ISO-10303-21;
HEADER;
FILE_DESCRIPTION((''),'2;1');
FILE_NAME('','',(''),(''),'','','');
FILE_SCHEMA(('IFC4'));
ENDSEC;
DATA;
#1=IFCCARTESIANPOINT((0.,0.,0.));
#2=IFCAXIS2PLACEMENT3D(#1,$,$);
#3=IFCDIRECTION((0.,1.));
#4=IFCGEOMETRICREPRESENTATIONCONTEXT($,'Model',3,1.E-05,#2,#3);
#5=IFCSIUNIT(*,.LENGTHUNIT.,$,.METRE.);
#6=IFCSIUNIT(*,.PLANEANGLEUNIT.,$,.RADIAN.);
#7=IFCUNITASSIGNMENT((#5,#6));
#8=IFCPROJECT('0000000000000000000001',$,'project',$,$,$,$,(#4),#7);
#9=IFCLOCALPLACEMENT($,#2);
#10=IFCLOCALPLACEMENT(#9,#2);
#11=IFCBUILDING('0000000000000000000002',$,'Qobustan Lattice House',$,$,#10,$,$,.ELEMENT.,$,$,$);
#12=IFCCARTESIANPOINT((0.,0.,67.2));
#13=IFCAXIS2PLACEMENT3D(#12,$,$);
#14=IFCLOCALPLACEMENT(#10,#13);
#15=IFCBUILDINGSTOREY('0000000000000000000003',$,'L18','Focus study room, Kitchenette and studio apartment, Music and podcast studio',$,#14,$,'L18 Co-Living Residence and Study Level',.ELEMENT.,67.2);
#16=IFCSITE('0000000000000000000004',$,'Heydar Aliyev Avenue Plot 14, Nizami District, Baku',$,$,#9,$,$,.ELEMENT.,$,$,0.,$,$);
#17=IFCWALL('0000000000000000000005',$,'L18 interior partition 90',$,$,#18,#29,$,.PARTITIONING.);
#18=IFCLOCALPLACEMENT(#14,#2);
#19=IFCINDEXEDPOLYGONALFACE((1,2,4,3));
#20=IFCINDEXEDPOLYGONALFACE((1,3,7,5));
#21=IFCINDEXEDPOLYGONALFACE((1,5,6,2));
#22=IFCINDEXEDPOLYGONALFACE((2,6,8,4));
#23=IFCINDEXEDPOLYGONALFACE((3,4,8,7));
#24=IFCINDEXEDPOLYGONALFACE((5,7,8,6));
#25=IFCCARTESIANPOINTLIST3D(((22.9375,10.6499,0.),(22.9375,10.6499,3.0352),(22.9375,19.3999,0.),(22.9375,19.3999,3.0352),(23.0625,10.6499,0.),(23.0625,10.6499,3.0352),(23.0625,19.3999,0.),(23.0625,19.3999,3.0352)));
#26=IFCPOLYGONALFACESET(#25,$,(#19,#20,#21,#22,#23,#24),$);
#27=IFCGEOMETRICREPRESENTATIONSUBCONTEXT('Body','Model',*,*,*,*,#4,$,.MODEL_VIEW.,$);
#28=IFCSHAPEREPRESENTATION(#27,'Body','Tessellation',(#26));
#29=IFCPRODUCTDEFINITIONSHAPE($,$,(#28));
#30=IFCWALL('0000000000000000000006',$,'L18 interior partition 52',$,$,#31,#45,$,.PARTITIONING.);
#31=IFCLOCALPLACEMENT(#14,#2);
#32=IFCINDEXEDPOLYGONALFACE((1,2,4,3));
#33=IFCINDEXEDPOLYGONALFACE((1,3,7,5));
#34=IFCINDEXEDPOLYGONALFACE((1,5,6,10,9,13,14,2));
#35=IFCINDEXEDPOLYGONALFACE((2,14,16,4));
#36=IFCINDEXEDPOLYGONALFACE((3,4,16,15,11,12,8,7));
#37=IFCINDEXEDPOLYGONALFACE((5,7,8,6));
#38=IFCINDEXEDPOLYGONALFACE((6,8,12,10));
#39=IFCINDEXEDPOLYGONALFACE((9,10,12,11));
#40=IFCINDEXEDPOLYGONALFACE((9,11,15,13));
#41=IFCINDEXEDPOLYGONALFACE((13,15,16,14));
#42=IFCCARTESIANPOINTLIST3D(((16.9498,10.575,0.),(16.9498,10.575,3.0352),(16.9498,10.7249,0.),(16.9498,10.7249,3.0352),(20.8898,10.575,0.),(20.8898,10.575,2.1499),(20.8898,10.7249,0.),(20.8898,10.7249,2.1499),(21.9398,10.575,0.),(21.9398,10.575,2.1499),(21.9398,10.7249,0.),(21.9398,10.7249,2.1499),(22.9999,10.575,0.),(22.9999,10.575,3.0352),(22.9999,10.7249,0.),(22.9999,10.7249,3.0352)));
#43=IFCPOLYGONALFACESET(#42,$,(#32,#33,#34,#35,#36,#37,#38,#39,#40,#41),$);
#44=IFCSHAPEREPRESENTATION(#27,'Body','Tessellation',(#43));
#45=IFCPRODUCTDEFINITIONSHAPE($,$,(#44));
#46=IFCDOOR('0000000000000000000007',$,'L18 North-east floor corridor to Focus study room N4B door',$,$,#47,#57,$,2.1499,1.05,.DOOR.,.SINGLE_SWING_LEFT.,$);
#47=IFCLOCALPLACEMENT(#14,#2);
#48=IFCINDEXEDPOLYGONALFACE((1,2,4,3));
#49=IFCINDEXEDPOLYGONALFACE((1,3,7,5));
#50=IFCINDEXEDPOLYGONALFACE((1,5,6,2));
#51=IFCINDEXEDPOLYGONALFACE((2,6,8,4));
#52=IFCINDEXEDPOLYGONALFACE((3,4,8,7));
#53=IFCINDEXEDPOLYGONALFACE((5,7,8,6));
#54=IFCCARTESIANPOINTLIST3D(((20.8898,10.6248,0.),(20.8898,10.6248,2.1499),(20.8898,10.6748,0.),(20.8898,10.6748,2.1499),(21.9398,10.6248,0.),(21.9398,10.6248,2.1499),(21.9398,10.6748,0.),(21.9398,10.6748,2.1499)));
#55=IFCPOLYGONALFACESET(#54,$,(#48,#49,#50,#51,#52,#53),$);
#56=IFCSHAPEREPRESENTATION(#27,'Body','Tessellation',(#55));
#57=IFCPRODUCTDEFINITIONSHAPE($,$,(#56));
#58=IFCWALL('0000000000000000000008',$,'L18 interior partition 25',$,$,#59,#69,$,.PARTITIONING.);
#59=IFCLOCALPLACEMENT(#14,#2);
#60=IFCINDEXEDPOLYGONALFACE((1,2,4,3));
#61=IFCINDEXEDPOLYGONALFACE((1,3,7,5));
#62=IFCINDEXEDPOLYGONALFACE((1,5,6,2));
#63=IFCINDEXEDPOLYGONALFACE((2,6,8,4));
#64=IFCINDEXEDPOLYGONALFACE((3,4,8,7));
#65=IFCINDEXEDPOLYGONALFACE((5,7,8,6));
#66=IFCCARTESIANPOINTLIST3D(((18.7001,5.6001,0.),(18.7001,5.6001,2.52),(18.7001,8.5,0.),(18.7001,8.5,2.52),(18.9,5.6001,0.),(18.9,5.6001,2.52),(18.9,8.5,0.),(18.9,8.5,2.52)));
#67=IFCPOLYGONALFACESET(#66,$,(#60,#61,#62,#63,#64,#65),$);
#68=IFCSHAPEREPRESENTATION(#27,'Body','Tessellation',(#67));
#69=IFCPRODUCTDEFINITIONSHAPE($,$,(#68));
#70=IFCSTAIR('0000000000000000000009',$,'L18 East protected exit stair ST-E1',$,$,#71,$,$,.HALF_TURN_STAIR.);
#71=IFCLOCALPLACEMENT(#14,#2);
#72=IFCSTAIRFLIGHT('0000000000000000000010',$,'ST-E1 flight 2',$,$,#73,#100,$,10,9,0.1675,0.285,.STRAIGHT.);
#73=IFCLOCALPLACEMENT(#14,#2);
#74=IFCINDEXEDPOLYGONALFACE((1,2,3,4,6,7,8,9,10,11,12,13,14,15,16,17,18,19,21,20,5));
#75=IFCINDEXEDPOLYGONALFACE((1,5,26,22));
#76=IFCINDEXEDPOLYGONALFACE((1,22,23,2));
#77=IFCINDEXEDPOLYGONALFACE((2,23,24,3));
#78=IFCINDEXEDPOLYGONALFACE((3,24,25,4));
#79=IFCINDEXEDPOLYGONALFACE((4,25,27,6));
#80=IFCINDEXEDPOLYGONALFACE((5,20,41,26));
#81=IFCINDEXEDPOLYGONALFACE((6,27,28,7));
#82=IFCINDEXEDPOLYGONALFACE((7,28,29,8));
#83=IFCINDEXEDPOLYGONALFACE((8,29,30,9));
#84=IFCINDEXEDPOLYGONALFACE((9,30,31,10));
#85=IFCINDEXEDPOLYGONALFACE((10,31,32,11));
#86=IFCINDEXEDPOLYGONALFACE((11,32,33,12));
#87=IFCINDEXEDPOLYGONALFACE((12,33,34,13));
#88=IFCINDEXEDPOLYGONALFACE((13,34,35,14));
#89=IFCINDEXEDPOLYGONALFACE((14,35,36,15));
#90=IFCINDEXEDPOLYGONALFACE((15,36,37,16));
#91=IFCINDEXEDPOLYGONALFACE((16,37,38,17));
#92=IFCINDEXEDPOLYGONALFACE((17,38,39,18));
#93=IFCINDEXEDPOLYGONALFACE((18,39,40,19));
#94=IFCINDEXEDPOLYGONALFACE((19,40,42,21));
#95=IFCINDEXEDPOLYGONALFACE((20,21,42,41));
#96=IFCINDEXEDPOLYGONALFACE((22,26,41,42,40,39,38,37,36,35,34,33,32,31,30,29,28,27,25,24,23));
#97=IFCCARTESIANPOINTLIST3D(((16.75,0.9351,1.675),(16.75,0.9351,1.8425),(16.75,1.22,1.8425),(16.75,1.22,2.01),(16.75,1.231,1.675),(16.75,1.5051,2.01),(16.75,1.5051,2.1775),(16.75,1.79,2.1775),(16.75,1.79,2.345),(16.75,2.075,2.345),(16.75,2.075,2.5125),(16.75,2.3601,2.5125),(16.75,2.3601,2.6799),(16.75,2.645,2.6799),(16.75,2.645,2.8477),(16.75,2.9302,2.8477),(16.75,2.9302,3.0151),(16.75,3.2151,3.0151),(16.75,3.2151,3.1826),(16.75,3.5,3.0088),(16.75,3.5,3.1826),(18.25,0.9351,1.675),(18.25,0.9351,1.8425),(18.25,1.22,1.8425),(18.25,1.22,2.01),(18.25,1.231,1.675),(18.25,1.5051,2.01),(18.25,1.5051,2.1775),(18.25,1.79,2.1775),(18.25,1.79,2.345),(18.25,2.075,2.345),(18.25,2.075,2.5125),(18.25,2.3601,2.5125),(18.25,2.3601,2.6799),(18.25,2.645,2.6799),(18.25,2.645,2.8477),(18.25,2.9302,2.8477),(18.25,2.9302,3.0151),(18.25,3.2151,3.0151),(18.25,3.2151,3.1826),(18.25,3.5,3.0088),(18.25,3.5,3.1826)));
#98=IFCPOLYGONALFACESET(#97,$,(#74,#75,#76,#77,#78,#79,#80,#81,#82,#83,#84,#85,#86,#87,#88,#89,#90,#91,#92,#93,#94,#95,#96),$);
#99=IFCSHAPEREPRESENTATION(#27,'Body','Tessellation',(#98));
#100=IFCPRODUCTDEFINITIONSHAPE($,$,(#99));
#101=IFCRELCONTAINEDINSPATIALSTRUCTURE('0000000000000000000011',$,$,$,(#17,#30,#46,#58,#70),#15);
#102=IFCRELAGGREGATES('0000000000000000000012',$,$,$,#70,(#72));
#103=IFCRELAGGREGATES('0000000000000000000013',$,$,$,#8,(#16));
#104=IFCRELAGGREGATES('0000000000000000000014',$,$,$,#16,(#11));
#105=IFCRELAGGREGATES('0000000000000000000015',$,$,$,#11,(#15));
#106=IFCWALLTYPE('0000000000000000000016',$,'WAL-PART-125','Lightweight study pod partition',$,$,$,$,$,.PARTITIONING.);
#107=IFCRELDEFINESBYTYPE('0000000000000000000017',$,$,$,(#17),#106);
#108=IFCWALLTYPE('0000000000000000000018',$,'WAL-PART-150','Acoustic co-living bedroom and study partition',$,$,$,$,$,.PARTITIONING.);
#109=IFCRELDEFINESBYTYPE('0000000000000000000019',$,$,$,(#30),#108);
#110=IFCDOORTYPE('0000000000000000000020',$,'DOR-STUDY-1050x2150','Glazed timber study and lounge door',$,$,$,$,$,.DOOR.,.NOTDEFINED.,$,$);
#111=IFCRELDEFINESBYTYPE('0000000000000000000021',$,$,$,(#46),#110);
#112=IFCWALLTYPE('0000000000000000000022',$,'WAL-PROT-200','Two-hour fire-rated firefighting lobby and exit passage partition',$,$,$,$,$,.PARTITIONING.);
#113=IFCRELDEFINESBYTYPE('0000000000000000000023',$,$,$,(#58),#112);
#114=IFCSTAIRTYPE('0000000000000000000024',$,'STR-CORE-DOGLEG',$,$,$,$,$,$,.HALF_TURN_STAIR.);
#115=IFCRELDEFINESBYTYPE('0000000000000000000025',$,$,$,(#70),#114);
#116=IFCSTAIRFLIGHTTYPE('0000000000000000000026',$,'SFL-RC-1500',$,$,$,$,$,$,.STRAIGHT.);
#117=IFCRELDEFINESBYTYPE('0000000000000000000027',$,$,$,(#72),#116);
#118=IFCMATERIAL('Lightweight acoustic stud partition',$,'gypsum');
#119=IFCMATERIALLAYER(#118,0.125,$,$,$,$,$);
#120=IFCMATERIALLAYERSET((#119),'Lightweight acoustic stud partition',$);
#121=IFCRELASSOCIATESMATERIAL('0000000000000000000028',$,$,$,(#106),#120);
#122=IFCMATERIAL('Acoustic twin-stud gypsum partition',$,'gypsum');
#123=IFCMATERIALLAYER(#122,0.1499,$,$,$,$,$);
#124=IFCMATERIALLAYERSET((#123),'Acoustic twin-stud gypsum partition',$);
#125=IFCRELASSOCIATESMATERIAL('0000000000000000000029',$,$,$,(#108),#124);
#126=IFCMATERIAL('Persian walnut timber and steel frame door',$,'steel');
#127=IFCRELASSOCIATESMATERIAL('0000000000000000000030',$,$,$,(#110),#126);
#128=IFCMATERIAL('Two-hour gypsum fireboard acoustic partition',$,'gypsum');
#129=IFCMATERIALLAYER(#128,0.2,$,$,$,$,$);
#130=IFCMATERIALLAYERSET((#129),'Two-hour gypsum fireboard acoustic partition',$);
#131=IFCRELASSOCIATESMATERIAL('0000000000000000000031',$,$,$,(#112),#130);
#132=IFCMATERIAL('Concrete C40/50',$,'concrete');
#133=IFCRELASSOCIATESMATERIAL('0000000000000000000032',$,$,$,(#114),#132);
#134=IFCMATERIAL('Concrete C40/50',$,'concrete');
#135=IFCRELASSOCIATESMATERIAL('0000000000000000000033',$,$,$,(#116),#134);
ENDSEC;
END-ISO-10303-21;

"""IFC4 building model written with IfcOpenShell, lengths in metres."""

from ifc_helpers import new_model, si_unit, direction, frame, frame_2d, origin, place, context, subcontext, project, spatial, polyline, rectangle, outline, extrude, material, layer, layer_set, type_object, element, fill, aggregate, save


model = new_model("IFC4")

# Units and contexts
model_context = context("Model", 3, precision=1e-05, world=origin(), true_north=direction((0.0, 1.0)))
body_context = subcontext(model_context, "Body", "Model", "MODEL_VIEW")
ifc_project = project(units=[si_unit("LENGTHUNIT", "METRE"), si_unit("PLANEANGLEUNIT", "RADIAN")], contexts=[model_context])

# Site, building, storey
site_placement = place(None, origin())
site = spatial("IfcSite", under=ifc_project, at=site_placement, Name="Heydar Aliyev Avenue Plot 14, Nizami District, Baku", CompositionType="ELEMENT", RefElevation=0.0)
building_placement = place(site_placement, origin())
building = spatial("IfcBuilding", under=site, at=building_placement, Name="Qobustan Lattice House", CompositionType="ELEMENT")
storey_placement = place(building_placement, frame((0.0, 0.0, 67.2)))
storey = spatial("IfcBuildingStorey", under=building, at=storey_placement, Name="L18", Description="Focus study room, Kitchenette and studio apartment, Music and podcast studio", LongName="L18 Co-Living Residence and Study Level", CompositionType="ELEMENT", Elevation=67.2)

# Shared definitions
ifc_material_1 = material(Name="Lightweight acoustic stud partition", Category="gypsum")
ifc_layer_1 = layer(ifc_material_1, 0.125)
ifc_layer_set_1 = layer_set([ifc_layer_1], Name="Lightweight acoustic stud partition")
wall_type_1 = type_object("IfcWallType", Name="WAL-PART-125", Description="Lightweight study pod partition", PredefinedType="PARTITIONING", material=ifc_layer_set_1)

# Wall
wall_1_placement = place(storey_placement, frame((23.0, 10.6499, 0.0), z_axis=(0.0, 0.0, 1.0), x_axis=(0.0, 1.0, 0.0)))
element("IfcWall", 1, at=wall_1_placement, inside=storey, type_object=wall_type_1, Name="L18 interior partition 90", PredefinedType="PARTITIONING", context=body_context, shape_type="SweptSolid", body=[
    extrude(rectangle(XDim=8.75, YDim=0.125, at=frame_2d((4.375, 0.0))), origin(), (0.0, 0.0, 1.0), 3.0352),
])

# Wall, opening, door
ifc_material_2 = material(Name="Acoustic twin-stud gypsum partition", Category="gypsum")
ifc_layer_2 = layer(ifc_material_2, 0.1499)
ifc_layer_set_2 = layer_set([ifc_layer_2], Name="Acoustic twin-stud gypsum partition")
wall_type_2 = type_object("IfcWallType", Name="WAL-PART-150", Description="Acoustic co-living bedroom and study partition", PredefinedType="PARTITIONING", material=ifc_layer_set_2)
wall_2_placement = place(storey_placement, frame((16.95, 10.6499, 0.0), z_axis=(0.0, 0.0, 1.0), x_axis=(1.0, 0.0, 0.0)))
wall_2 = element("IfcWall", 2, at=wall_2_placement, inside=storey, type_object=wall_type_2, Name="L18 interior partition 52", PredefinedType="PARTITIONING", context=body_context, shape_type="SweptSolid", body=[
    extrude(rectangle(XDim=6.05, YDim=0.1499, at=frame_2d((3.0249, 0.0))), origin(), (0.0, 0.0, 1.0), 3.0352),
])
opening_1_placement = place(wall_2_placement, frame((3.9399, 0.0, 0.0)))
opening_1 = element("IfcOpeningElement", 3, at=opening_1_placement, cuts=wall_2, PredefinedType="OPENING", context=body_context, shape_type="SweptSolid", body=[
    extrude(rectangle(XDim=1.05, YDim=2.1499, at=frame_2d((0.5249, 1.075))), frame((0.0, 0.085, 0.0), z_axis=(0.0, -1.0, 0.0), x_axis=(1.0, 0.0, 0.0)), (0.0, 0.0, 1.0), 0.1699),
])
ifc_material_3 = material(Name="Persian walnut timber and steel frame door", Category="steel")
door_type_1 = type_object("IfcDoorType", Name="DOR-STUDY-1050x2150", Description="Glazed timber study and lounge door", OperationType="NOTDEFINED", PredefinedType="DOOR", material=ifc_material_3)
door_1_placement = place(opening_1_placement, origin())
door_1 = element("IfcDoor", 4, at=door_1_placement, inside=storey, type_object=door_type_1, Name="L18 North-east floor corridor to Focus study room N4B door", OperationType="SINGLE_SWING_LEFT", OverallHeight=2.1499, OverallWidth=1.05, PredefinedType="DOOR", context=body_context, shape_type="SweptSolid", body=[
    extrude(rectangle(XDim=1.05, YDim=2.1499, at=frame_2d((0.5249, 1.075))), frame((0.0, 0.0249, 0.0), z_axis=(0.0, -1.0, 0.0), x_axis=(1.0, 0.0, 0.0)), (0.0, 0.0, 1.0), 0.05),
])
fill(opening_1, door_1)
ifc_material_4 = material(Name="Two-hour gypsum fireboard acoustic partition", Category="gypsum")
ifc_layer_3 = layer(ifc_material_4, 0.2)
ifc_layer_set_3 = layer_set([ifc_layer_3], Name="Two-hour gypsum fireboard acoustic partition")
wall_type_3 = type_object("IfcWallType", Name="WAL-PROT-200", Description="Two-hour fire-rated firefighting lobby and exit passage partition", PredefinedType="PARTITIONING", material=ifc_layer_set_3)

# Wall
wall_3_placement = place(storey_placement, frame((18.8, 5.6001, 0.0), z_axis=(0.0, 0.0, 1.0), x_axis=(0.0, 1.0, 0.0)))
element("IfcWall", 5, at=wall_3_placement, inside=storey, type_object=wall_type_3, Name="L18 interior partition 25", PredefinedType="PARTITIONING", context=body_context, shape_type="SweptSolid", body=[
    extrude(rectangle(XDim=2.8999, YDim=0.2, at=frame_2d((1.45, 0.0))), origin(), (0.0, 0.0, 1.0), 2.52),
])

# Stair, stair flight
ifc_material_5 = material(Name="Concrete C40/50", Category="concrete")
stair_type = type_object("IfcStairType", Name="STR-CORE-DOGLEG", PredefinedType="HALF_TURN_STAIR", material=ifc_material_5)
stair_placement = place(storey_placement, origin())
stair = element("IfcStair", 6, at=stair_placement, inside=storey, type_object=stair_type, Name="L18 East protected exit stair ST-E1", PredefinedType="HALF_TURN_STAIR")
ifc_material_6 = material(Name="Concrete C40/50", Category="concrete")
stair_flight_type = type_object("IfcStairFlightType", Name="SFL-RC-1500", PredefinedType="STRAIGHT", material=ifc_material_6)
stair_flight_placement = place(storey_placement, frame((17.5, 0.9351, 1.675), z_axis=(0.0, 0.0, 1.0), x_axis=(0.0, 1.0, 0.0)))
stair_flight = element("IfcStairFlight", 7, at=stair_flight_placement, type_object=stair_flight_type, Name="ST-E1 flight 2", NumberOfRisers=10, NumberOfTreads=9, PredefinedType="STRAIGHT", RiserHeight=0.1675, TreadLength=0.285, context=body_context, shape_type="SweptSolid", body=[
    extrude(outline(polyline([(0.0, 0.0), (0.0, 0.1675), (0.2849, 0.1675), (0.2849, 0.335), (0.5701, 0.335), (0.5701, 0.5024), (0.855, 0.5024), (0.855, 0.6699), (1.1399, 0.6699), (1.1399, 0.8374), (1.425, 0.8374), (1.425, 1.0049), (1.71, 1.0049), (1.71, 1.1726), (1.9951, 1.1726), (1.9951, 1.3401), (2.28, 1.3401), (2.28, 1.5076), (2.5649, 1.5076), (2.5649, 1.675), (2.5649, 1.3337), (0.2959, 0.0), (0.0, 0.0)])), frame((0.0, 0.75, 0.0), z_axis=(0.0, -1.0, 0.0), x_axis=(1.0, 0.0, 0.0)), (0.0, 0.0, 1.0), 1.5),
])
aggregate(stair, [stair_flight])

save(model, "model.ifc")
